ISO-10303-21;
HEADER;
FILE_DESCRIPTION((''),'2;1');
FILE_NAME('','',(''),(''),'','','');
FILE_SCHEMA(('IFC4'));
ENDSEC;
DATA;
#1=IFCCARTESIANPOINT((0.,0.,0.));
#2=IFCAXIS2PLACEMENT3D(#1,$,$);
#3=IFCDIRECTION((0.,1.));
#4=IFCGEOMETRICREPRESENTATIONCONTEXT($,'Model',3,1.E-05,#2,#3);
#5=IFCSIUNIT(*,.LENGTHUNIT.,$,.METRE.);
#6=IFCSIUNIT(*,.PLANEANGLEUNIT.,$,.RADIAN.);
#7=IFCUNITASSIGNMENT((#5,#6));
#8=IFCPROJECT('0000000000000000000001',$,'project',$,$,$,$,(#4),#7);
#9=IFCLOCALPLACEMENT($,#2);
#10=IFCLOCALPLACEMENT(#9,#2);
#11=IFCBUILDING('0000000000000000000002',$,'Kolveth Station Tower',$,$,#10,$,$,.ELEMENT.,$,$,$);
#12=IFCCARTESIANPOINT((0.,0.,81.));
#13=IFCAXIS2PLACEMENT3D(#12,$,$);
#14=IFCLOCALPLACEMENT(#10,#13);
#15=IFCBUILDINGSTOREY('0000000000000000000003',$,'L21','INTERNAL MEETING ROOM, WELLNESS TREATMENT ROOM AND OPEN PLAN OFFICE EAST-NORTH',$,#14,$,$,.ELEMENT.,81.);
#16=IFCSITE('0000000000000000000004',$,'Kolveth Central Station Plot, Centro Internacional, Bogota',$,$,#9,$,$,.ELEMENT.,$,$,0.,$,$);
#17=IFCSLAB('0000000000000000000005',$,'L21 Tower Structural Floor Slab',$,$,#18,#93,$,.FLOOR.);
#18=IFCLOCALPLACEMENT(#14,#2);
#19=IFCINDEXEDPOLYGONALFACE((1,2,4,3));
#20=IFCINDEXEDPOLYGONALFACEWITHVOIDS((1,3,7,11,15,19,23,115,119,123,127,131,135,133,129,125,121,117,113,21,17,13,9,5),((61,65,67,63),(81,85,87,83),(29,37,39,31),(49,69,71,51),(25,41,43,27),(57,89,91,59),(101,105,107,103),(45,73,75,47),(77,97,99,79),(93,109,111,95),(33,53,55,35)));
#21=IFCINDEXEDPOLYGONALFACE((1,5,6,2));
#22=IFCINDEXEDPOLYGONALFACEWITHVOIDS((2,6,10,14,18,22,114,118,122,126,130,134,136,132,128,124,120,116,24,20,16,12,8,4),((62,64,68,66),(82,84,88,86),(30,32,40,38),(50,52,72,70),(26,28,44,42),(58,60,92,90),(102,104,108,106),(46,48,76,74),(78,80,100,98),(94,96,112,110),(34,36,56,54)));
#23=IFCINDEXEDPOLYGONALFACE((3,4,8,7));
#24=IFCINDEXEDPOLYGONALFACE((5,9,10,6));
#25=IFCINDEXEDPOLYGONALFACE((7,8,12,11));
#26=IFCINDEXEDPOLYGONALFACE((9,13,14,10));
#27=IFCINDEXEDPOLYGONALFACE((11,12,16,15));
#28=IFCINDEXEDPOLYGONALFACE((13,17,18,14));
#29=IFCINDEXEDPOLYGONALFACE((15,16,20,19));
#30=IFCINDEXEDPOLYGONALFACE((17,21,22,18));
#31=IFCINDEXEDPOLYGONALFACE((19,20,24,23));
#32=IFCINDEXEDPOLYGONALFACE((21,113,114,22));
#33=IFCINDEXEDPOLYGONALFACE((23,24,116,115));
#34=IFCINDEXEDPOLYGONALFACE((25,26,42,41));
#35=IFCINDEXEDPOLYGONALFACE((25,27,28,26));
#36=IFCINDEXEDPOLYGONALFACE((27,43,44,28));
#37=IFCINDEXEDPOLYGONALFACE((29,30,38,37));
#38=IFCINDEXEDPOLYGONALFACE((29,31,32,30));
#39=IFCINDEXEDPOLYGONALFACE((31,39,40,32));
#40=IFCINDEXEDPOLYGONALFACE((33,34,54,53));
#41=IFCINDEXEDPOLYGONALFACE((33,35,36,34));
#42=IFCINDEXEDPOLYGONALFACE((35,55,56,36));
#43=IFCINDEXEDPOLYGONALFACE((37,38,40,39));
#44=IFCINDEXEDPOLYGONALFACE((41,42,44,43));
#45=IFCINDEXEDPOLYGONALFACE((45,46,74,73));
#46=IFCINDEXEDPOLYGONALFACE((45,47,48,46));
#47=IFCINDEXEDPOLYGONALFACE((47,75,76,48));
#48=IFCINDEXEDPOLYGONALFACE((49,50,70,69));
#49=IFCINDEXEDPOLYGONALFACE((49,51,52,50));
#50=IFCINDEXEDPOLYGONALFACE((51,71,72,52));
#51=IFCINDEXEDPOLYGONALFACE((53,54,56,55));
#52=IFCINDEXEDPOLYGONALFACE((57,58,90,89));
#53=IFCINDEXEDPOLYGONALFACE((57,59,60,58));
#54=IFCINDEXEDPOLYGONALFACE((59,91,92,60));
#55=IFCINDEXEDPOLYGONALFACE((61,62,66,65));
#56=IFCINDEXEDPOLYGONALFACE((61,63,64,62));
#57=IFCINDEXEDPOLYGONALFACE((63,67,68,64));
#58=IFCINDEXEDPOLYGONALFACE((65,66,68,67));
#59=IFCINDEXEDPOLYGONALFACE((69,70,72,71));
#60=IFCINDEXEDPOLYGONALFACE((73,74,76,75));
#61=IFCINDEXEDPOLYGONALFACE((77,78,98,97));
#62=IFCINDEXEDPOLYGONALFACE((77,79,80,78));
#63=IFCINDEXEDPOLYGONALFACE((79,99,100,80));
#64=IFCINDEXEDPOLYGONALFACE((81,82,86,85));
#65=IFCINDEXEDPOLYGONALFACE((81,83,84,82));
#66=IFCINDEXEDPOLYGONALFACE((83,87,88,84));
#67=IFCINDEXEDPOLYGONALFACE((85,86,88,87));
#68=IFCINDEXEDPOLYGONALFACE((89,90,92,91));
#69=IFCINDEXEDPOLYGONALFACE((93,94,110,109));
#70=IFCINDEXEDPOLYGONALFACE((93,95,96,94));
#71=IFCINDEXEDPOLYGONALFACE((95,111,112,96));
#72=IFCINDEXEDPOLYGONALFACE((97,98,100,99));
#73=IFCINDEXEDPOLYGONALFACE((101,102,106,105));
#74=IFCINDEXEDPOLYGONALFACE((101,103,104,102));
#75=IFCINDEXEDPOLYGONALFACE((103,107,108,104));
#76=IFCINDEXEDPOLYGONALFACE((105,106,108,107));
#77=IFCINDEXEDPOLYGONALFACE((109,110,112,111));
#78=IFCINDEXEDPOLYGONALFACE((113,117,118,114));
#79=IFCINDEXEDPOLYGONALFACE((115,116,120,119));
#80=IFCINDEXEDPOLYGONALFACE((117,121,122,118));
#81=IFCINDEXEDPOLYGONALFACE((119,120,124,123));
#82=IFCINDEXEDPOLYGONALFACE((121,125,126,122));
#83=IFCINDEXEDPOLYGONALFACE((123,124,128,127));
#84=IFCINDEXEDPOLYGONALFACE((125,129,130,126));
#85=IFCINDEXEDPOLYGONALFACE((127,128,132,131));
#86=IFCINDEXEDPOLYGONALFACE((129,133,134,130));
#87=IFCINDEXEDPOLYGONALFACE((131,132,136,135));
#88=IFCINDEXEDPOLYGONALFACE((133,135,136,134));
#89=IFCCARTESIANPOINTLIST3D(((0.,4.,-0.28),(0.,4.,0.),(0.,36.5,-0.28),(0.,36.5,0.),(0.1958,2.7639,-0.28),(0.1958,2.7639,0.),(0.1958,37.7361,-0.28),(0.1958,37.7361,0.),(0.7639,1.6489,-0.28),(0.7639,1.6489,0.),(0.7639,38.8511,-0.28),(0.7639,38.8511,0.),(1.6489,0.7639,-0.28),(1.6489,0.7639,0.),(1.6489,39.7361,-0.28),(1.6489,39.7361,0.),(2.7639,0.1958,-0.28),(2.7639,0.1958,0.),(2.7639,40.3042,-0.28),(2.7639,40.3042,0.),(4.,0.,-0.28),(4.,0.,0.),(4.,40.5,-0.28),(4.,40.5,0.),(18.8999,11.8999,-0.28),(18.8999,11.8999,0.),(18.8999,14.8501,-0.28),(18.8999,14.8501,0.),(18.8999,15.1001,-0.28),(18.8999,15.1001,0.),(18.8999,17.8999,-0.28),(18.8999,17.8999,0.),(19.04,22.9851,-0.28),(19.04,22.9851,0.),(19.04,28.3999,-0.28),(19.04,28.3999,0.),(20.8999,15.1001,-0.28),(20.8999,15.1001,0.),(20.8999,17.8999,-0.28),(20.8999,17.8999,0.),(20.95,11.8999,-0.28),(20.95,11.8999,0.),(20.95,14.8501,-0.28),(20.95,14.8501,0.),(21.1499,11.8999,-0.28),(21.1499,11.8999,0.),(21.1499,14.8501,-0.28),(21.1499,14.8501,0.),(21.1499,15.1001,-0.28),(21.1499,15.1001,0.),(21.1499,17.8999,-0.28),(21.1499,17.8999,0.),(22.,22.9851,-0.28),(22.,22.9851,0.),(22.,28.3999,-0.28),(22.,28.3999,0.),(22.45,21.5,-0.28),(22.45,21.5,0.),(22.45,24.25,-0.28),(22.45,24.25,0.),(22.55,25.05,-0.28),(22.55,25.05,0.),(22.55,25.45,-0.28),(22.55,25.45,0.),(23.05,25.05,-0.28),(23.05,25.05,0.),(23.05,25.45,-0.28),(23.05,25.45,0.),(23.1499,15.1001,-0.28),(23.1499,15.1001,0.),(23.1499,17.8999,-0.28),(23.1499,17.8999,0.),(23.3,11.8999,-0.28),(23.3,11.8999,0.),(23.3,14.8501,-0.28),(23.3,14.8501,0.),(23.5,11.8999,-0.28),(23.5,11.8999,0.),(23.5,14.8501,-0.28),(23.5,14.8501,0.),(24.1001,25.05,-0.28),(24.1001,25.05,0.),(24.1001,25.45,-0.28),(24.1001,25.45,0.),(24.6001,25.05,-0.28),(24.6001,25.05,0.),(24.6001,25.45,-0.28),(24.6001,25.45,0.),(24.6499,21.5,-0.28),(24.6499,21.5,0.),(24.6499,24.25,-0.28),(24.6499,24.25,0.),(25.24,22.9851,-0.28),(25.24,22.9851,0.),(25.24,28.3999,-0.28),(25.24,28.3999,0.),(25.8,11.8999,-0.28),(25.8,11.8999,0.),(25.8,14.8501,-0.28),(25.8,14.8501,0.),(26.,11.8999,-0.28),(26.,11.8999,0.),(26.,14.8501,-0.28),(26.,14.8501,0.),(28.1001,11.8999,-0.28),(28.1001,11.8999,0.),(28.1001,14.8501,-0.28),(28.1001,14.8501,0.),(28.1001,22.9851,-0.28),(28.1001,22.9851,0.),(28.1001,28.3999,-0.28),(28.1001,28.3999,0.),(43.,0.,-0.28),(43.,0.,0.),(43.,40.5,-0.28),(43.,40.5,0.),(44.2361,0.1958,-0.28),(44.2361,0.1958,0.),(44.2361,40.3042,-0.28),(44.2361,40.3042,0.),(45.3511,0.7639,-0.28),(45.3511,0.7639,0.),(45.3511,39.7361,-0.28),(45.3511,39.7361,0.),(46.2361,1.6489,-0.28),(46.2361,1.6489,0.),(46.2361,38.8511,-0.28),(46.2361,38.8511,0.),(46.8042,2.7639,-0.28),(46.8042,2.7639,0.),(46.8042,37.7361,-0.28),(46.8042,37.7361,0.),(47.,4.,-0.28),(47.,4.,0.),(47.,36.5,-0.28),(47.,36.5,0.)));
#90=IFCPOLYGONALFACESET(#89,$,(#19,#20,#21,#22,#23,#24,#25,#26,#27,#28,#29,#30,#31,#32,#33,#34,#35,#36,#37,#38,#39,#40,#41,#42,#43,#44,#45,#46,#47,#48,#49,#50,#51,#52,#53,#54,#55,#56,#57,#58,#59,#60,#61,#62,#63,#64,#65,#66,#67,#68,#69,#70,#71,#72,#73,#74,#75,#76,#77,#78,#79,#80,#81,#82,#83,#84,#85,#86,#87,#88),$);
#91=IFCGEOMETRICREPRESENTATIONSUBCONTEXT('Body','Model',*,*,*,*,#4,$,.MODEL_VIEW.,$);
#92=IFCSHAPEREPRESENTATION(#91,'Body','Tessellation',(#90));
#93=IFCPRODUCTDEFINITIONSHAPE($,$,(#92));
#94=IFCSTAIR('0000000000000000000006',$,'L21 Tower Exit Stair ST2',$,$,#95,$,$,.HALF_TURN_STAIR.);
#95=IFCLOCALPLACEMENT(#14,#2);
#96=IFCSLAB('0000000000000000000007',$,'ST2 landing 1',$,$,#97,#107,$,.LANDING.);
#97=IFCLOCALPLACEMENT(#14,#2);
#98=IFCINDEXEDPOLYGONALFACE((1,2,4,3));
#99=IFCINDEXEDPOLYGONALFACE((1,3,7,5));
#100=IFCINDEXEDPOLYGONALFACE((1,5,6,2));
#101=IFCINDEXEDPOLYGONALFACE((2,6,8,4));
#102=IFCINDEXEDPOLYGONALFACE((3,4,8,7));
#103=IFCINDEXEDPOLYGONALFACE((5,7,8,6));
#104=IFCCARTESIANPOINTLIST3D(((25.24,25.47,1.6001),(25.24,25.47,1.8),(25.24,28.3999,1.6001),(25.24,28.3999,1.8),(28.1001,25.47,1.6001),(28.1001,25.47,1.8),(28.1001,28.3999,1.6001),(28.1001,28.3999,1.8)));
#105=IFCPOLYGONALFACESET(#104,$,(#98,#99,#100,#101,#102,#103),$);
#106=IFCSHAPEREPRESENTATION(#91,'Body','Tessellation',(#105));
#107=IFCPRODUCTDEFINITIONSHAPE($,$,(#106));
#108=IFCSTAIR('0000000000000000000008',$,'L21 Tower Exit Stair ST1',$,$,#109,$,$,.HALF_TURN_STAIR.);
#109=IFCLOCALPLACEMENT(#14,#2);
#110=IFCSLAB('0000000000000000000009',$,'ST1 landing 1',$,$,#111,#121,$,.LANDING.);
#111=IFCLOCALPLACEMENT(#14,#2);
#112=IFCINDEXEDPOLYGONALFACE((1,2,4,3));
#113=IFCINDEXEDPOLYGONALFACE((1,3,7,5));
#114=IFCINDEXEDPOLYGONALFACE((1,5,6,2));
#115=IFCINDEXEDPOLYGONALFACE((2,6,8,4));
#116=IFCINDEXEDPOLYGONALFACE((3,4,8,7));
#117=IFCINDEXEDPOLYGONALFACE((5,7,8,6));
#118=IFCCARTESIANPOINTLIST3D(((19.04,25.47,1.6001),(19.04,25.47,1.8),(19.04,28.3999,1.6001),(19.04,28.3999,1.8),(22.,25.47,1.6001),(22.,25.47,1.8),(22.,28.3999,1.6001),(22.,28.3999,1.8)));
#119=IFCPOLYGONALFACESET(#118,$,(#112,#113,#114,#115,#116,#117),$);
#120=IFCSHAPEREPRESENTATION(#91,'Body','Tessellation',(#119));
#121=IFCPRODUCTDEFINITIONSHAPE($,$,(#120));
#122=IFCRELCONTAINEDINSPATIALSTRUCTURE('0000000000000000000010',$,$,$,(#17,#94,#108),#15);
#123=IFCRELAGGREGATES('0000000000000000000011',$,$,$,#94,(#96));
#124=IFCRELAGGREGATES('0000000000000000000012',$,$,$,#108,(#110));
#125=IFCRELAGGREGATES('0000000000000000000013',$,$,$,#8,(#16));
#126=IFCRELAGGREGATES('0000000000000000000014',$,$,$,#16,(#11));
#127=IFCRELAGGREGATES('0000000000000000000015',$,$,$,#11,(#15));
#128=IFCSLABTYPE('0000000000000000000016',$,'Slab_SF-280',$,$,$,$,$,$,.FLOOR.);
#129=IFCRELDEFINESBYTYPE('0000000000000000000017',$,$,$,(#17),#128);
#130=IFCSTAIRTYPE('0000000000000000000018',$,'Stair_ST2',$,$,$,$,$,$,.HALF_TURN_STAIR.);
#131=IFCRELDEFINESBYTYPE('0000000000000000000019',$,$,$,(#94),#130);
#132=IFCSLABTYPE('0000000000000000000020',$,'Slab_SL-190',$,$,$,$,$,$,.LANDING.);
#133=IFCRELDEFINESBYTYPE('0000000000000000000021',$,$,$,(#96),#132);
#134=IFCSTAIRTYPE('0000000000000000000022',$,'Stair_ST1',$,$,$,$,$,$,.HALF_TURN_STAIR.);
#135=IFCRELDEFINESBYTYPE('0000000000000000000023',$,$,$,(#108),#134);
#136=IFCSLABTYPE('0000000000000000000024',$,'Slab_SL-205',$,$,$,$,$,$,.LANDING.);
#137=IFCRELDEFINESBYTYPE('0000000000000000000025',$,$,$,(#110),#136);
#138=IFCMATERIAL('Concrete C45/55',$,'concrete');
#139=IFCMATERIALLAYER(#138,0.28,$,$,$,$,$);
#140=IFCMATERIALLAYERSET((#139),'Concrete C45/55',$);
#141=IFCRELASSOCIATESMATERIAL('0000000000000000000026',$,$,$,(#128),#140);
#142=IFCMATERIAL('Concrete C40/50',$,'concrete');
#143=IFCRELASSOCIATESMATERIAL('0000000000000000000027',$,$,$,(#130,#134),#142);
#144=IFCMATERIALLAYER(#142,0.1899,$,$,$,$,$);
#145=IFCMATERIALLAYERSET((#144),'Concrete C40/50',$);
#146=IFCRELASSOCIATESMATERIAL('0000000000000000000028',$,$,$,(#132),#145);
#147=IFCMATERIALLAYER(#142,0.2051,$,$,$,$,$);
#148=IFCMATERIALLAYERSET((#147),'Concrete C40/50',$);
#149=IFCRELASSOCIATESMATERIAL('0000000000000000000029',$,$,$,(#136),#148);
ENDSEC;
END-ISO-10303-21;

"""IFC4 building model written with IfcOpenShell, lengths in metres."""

from ifc_helpers import new_model, si_unit, direction, frame, origin, place, context, subcontext, project, spatial, polyline, outline, extrude, material, layer, layer_set, type_object, element, aggregate, save


model = new_model("IFC4")

# Units and contexts
model_context = context("Model", 3, precision=1e-05, world=origin(), true_north=direction((0.0, 1.0)))
body_context = subcontext(model_context, "Body", "Model", "MODEL_VIEW")
ifc_project = project(units=[si_unit("LENGTHUNIT", "METRE"), si_unit("PLANEANGLEUNIT", "RADIAN")], contexts=[model_context])

# Site, building, storey
site_placement = place(None, origin())
site = spatial("IfcSite", under=ifc_project, at=site_placement, Name="Kolveth Central Station Plot, Centro Internacional, Bogota", CompositionType="ELEMENT", RefElevation=0.0)
building_placement = place(site_placement, origin())
building = spatial("IfcBuilding", under=site, at=building_placement, Name="Kolveth Station Tower", CompositionType="ELEMENT")
storey_placement = place(building_placement, frame((0.0, 0.0, 81.0)))
storey = spatial("IfcBuildingStorey", under=building, at=storey_placement, Name="L21", Description="INTERNAL MEETING ROOM, WELLNESS TREATMENT ROOM AND OPEN PLAN OFFICE EAST-NORTH", CompositionType="ELEMENT", Elevation=81.0)

# Slab
ifc_material_1 = material(Name="Concrete C45/55", Category="concrete")
ifc_layer_1 = layer(ifc_material_1, 0.28)
ifc_layer_set_1 = layer_set([ifc_layer_1], Name="Concrete C45/55")
slab_type_1 = type_object("IfcSlabType", Name="Slab_SF-280", PredefinedType="FLOOR", material=ifc_layer_set_1)
slab_1_placement = place(storey_placement, frame((0.0, 0.0, -0.28)))
element("IfcSlab", 1, at=slab_1_placement, inside=storey, type_object=slab_type_1, Name="L21 Tower Structural Floor Slab", PredefinedType="FLOOR", context=body_context, shape_type="SweptSolid", body=[
    extrude(outline(polyline([(43.0, 0.0), (44.2361, 0.1958), (45.3511, 0.7639), (46.2361, 1.6489), (46.8042, 2.7639), (47.0, 4.0), (47.0, 36.5), (46.8042, 37.7361), (46.2361, 38.8511), (45.3511, 39.7361), (44.2361, 40.3042), (43.0, 40.5), (4.0, 40.5), (2.7639, 40.3042), (1.6489, 39.7361), (0.7639, 38.8511), (0.1958, 37.7361), (0.0, 36.5), (0.0, 4.0), (0.1958, 2.7639), (0.7639, 1.6489), (1.6489, 0.7639), (2.7639, 0.1958), (4.0, 0.0), (43.0, 0.0)]), holes=[polyline([(19.04, 22.9851), (22.0, 22.9851), (22.0, 28.3999), (19.04, 28.3999), (19.04, 22.9851)]), polyline([(25.24, 22.9851), (28.1001, 22.9851), (28.1001, 28.3999), (25.24, 28.3999), (25.24, 22.9851)]), polyline([(18.8999, 15.1001), (20.8999, 15.1001), (20.8999, 17.8999), (18.8999, 17.8999), (18.8999, 15.1001)]), polyline([(21.1499, 15.1001), (23.1499, 15.1001), (23.1499, 17.8999), (21.1499, 17.8999), (21.1499, 15.1001)]), polyline([(22.45, 21.5), (24.6499, 21.5), (24.6499, 24.25), (22.45, 24.25), (22.45, 21.5)]), polyline([(18.8999, 11.8999), (20.95, 11.8999), (20.95, 14.8501), (18.8999, 14.8501), (18.8999, 11.8999)]), polyline([(21.1499, 11.8999), (23.3, 11.8999), (23.3, 14.8501), (21.1499, 14.8501), (21.1499, 11.8999)]), polyline([(23.5, 11.8999), (25.8, 11.8999), (25.8, 14.8501), (23.5, 14.8501), (23.5, 11.8999)]), polyline([(26.0, 11.8999), (28.1001, 11.8999), (28.1001, 14.8501), (26.0, 14.8501), (26.0, 11.8999)]), polyline([(22.55, 25.05), (23.05, 25.05), (23.05, 25.45), (22.55, 25.45), (22.55, 25.05)]), polyline([(24.1001, 25.05), (24.6001, 25.05), (24.6001, 25.45), (24.1001, 25.45), (24.1001, 25.05)])]), origin(), (0.0, 0.0, 1.0), 0.28),
])

# Stairs, slabs
ifc_material_2 = material(Name="Concrete C40/50", Category="concrete")
stair_type_1 = type_object("IfcStairType", Name="Stair_ST2", PredefinedType="HALF_TURN_STAIR", material=ifc_material_2)
stair_1_placement = place(storey_placement, origin())
stair_1 = element("IfcStair", 2, at=stair_1_placement, inside=storey, type_object=stair_type_1, Name="L21 Tower Exit Stair ST2", PredefinedType="HALF_TURN_STAIR")
ifc_layer_2 = layer(ifc_material_2, 0.1899)
ifc_layer_set_2 = layer_set([ifc_layer_2], Name="Concrete C40/50")
slab_type_2 = type_object("IfcSlabType", Name="Slab_SL-190", PredefinedType="LANDING", material=ifc_layer_set_2)
slab_2_placement = place(storey_placement, frame((0.0, 0.0, 1.6001)))
slab_2 = element("IfcSlab", 3, at=slab_2_placement, type_object=slab_type_2, Name="ST2 landing 1", PredefinedType="LANDING", context=body_context, shape_type="SweptSolid", body=[
    extrude(outline(polyline([(28.1001, 25.47), (28.1001, 28.3999), (25.24, 28.3999), (25.24, 25.47), (28.1001, 25.47)])), origin(), (0.0, 0.0, 1.0), 0.2),
])
aggregate(stair_1, [slab_2])
stair_type_2 = type_object("IfcStairType", Name="Stair_ST1", PredefinedType="HALF_TURN_STAIR", material=ifc_material_2)
stair_2_placement = place(storey_placement, origin())
stair_2 = element("IfcStair", 4, at=stair_2_placement, inside=storey, type_object=stair_type_2, Name="L21 Tower Exit Stair ST1", PredefinedType="HALF_TURN_STAIR")
ifc_layer_3 = layer(ifc_material_2, 0.2051)
ifc_layer_set_3 = layer_set([ifc_layer_3], Name="Concrete C40/50")
slab_type_3 = type_object("IfcSlabType", Name="Slab_SL-205", PredefinedType="LANDING", material=ifc_layer_set_3)
slab_3_placement = place(storey_placement, frame((0.0, 0.0, 1.6001)))
slab_3 = element("IfcSlab", 5, at=slab_3_placement, type_object=slab_type_3, Name="ST1 landing 1", PredefinedType="LANDING", context=body_context, shape_type="SweptSolid", body=[
    extrude(outline(polyline([(22.0, 25.47), (22.0, 28.3999), (19.04, 28.3999), (19.04, 25.47), (22.0, 25.47)])), origin(), (0.0, 0.0, 1.0), 0.2),
])
aggregate(stair_2, [slab_3])

save(model, "model.ifc")
